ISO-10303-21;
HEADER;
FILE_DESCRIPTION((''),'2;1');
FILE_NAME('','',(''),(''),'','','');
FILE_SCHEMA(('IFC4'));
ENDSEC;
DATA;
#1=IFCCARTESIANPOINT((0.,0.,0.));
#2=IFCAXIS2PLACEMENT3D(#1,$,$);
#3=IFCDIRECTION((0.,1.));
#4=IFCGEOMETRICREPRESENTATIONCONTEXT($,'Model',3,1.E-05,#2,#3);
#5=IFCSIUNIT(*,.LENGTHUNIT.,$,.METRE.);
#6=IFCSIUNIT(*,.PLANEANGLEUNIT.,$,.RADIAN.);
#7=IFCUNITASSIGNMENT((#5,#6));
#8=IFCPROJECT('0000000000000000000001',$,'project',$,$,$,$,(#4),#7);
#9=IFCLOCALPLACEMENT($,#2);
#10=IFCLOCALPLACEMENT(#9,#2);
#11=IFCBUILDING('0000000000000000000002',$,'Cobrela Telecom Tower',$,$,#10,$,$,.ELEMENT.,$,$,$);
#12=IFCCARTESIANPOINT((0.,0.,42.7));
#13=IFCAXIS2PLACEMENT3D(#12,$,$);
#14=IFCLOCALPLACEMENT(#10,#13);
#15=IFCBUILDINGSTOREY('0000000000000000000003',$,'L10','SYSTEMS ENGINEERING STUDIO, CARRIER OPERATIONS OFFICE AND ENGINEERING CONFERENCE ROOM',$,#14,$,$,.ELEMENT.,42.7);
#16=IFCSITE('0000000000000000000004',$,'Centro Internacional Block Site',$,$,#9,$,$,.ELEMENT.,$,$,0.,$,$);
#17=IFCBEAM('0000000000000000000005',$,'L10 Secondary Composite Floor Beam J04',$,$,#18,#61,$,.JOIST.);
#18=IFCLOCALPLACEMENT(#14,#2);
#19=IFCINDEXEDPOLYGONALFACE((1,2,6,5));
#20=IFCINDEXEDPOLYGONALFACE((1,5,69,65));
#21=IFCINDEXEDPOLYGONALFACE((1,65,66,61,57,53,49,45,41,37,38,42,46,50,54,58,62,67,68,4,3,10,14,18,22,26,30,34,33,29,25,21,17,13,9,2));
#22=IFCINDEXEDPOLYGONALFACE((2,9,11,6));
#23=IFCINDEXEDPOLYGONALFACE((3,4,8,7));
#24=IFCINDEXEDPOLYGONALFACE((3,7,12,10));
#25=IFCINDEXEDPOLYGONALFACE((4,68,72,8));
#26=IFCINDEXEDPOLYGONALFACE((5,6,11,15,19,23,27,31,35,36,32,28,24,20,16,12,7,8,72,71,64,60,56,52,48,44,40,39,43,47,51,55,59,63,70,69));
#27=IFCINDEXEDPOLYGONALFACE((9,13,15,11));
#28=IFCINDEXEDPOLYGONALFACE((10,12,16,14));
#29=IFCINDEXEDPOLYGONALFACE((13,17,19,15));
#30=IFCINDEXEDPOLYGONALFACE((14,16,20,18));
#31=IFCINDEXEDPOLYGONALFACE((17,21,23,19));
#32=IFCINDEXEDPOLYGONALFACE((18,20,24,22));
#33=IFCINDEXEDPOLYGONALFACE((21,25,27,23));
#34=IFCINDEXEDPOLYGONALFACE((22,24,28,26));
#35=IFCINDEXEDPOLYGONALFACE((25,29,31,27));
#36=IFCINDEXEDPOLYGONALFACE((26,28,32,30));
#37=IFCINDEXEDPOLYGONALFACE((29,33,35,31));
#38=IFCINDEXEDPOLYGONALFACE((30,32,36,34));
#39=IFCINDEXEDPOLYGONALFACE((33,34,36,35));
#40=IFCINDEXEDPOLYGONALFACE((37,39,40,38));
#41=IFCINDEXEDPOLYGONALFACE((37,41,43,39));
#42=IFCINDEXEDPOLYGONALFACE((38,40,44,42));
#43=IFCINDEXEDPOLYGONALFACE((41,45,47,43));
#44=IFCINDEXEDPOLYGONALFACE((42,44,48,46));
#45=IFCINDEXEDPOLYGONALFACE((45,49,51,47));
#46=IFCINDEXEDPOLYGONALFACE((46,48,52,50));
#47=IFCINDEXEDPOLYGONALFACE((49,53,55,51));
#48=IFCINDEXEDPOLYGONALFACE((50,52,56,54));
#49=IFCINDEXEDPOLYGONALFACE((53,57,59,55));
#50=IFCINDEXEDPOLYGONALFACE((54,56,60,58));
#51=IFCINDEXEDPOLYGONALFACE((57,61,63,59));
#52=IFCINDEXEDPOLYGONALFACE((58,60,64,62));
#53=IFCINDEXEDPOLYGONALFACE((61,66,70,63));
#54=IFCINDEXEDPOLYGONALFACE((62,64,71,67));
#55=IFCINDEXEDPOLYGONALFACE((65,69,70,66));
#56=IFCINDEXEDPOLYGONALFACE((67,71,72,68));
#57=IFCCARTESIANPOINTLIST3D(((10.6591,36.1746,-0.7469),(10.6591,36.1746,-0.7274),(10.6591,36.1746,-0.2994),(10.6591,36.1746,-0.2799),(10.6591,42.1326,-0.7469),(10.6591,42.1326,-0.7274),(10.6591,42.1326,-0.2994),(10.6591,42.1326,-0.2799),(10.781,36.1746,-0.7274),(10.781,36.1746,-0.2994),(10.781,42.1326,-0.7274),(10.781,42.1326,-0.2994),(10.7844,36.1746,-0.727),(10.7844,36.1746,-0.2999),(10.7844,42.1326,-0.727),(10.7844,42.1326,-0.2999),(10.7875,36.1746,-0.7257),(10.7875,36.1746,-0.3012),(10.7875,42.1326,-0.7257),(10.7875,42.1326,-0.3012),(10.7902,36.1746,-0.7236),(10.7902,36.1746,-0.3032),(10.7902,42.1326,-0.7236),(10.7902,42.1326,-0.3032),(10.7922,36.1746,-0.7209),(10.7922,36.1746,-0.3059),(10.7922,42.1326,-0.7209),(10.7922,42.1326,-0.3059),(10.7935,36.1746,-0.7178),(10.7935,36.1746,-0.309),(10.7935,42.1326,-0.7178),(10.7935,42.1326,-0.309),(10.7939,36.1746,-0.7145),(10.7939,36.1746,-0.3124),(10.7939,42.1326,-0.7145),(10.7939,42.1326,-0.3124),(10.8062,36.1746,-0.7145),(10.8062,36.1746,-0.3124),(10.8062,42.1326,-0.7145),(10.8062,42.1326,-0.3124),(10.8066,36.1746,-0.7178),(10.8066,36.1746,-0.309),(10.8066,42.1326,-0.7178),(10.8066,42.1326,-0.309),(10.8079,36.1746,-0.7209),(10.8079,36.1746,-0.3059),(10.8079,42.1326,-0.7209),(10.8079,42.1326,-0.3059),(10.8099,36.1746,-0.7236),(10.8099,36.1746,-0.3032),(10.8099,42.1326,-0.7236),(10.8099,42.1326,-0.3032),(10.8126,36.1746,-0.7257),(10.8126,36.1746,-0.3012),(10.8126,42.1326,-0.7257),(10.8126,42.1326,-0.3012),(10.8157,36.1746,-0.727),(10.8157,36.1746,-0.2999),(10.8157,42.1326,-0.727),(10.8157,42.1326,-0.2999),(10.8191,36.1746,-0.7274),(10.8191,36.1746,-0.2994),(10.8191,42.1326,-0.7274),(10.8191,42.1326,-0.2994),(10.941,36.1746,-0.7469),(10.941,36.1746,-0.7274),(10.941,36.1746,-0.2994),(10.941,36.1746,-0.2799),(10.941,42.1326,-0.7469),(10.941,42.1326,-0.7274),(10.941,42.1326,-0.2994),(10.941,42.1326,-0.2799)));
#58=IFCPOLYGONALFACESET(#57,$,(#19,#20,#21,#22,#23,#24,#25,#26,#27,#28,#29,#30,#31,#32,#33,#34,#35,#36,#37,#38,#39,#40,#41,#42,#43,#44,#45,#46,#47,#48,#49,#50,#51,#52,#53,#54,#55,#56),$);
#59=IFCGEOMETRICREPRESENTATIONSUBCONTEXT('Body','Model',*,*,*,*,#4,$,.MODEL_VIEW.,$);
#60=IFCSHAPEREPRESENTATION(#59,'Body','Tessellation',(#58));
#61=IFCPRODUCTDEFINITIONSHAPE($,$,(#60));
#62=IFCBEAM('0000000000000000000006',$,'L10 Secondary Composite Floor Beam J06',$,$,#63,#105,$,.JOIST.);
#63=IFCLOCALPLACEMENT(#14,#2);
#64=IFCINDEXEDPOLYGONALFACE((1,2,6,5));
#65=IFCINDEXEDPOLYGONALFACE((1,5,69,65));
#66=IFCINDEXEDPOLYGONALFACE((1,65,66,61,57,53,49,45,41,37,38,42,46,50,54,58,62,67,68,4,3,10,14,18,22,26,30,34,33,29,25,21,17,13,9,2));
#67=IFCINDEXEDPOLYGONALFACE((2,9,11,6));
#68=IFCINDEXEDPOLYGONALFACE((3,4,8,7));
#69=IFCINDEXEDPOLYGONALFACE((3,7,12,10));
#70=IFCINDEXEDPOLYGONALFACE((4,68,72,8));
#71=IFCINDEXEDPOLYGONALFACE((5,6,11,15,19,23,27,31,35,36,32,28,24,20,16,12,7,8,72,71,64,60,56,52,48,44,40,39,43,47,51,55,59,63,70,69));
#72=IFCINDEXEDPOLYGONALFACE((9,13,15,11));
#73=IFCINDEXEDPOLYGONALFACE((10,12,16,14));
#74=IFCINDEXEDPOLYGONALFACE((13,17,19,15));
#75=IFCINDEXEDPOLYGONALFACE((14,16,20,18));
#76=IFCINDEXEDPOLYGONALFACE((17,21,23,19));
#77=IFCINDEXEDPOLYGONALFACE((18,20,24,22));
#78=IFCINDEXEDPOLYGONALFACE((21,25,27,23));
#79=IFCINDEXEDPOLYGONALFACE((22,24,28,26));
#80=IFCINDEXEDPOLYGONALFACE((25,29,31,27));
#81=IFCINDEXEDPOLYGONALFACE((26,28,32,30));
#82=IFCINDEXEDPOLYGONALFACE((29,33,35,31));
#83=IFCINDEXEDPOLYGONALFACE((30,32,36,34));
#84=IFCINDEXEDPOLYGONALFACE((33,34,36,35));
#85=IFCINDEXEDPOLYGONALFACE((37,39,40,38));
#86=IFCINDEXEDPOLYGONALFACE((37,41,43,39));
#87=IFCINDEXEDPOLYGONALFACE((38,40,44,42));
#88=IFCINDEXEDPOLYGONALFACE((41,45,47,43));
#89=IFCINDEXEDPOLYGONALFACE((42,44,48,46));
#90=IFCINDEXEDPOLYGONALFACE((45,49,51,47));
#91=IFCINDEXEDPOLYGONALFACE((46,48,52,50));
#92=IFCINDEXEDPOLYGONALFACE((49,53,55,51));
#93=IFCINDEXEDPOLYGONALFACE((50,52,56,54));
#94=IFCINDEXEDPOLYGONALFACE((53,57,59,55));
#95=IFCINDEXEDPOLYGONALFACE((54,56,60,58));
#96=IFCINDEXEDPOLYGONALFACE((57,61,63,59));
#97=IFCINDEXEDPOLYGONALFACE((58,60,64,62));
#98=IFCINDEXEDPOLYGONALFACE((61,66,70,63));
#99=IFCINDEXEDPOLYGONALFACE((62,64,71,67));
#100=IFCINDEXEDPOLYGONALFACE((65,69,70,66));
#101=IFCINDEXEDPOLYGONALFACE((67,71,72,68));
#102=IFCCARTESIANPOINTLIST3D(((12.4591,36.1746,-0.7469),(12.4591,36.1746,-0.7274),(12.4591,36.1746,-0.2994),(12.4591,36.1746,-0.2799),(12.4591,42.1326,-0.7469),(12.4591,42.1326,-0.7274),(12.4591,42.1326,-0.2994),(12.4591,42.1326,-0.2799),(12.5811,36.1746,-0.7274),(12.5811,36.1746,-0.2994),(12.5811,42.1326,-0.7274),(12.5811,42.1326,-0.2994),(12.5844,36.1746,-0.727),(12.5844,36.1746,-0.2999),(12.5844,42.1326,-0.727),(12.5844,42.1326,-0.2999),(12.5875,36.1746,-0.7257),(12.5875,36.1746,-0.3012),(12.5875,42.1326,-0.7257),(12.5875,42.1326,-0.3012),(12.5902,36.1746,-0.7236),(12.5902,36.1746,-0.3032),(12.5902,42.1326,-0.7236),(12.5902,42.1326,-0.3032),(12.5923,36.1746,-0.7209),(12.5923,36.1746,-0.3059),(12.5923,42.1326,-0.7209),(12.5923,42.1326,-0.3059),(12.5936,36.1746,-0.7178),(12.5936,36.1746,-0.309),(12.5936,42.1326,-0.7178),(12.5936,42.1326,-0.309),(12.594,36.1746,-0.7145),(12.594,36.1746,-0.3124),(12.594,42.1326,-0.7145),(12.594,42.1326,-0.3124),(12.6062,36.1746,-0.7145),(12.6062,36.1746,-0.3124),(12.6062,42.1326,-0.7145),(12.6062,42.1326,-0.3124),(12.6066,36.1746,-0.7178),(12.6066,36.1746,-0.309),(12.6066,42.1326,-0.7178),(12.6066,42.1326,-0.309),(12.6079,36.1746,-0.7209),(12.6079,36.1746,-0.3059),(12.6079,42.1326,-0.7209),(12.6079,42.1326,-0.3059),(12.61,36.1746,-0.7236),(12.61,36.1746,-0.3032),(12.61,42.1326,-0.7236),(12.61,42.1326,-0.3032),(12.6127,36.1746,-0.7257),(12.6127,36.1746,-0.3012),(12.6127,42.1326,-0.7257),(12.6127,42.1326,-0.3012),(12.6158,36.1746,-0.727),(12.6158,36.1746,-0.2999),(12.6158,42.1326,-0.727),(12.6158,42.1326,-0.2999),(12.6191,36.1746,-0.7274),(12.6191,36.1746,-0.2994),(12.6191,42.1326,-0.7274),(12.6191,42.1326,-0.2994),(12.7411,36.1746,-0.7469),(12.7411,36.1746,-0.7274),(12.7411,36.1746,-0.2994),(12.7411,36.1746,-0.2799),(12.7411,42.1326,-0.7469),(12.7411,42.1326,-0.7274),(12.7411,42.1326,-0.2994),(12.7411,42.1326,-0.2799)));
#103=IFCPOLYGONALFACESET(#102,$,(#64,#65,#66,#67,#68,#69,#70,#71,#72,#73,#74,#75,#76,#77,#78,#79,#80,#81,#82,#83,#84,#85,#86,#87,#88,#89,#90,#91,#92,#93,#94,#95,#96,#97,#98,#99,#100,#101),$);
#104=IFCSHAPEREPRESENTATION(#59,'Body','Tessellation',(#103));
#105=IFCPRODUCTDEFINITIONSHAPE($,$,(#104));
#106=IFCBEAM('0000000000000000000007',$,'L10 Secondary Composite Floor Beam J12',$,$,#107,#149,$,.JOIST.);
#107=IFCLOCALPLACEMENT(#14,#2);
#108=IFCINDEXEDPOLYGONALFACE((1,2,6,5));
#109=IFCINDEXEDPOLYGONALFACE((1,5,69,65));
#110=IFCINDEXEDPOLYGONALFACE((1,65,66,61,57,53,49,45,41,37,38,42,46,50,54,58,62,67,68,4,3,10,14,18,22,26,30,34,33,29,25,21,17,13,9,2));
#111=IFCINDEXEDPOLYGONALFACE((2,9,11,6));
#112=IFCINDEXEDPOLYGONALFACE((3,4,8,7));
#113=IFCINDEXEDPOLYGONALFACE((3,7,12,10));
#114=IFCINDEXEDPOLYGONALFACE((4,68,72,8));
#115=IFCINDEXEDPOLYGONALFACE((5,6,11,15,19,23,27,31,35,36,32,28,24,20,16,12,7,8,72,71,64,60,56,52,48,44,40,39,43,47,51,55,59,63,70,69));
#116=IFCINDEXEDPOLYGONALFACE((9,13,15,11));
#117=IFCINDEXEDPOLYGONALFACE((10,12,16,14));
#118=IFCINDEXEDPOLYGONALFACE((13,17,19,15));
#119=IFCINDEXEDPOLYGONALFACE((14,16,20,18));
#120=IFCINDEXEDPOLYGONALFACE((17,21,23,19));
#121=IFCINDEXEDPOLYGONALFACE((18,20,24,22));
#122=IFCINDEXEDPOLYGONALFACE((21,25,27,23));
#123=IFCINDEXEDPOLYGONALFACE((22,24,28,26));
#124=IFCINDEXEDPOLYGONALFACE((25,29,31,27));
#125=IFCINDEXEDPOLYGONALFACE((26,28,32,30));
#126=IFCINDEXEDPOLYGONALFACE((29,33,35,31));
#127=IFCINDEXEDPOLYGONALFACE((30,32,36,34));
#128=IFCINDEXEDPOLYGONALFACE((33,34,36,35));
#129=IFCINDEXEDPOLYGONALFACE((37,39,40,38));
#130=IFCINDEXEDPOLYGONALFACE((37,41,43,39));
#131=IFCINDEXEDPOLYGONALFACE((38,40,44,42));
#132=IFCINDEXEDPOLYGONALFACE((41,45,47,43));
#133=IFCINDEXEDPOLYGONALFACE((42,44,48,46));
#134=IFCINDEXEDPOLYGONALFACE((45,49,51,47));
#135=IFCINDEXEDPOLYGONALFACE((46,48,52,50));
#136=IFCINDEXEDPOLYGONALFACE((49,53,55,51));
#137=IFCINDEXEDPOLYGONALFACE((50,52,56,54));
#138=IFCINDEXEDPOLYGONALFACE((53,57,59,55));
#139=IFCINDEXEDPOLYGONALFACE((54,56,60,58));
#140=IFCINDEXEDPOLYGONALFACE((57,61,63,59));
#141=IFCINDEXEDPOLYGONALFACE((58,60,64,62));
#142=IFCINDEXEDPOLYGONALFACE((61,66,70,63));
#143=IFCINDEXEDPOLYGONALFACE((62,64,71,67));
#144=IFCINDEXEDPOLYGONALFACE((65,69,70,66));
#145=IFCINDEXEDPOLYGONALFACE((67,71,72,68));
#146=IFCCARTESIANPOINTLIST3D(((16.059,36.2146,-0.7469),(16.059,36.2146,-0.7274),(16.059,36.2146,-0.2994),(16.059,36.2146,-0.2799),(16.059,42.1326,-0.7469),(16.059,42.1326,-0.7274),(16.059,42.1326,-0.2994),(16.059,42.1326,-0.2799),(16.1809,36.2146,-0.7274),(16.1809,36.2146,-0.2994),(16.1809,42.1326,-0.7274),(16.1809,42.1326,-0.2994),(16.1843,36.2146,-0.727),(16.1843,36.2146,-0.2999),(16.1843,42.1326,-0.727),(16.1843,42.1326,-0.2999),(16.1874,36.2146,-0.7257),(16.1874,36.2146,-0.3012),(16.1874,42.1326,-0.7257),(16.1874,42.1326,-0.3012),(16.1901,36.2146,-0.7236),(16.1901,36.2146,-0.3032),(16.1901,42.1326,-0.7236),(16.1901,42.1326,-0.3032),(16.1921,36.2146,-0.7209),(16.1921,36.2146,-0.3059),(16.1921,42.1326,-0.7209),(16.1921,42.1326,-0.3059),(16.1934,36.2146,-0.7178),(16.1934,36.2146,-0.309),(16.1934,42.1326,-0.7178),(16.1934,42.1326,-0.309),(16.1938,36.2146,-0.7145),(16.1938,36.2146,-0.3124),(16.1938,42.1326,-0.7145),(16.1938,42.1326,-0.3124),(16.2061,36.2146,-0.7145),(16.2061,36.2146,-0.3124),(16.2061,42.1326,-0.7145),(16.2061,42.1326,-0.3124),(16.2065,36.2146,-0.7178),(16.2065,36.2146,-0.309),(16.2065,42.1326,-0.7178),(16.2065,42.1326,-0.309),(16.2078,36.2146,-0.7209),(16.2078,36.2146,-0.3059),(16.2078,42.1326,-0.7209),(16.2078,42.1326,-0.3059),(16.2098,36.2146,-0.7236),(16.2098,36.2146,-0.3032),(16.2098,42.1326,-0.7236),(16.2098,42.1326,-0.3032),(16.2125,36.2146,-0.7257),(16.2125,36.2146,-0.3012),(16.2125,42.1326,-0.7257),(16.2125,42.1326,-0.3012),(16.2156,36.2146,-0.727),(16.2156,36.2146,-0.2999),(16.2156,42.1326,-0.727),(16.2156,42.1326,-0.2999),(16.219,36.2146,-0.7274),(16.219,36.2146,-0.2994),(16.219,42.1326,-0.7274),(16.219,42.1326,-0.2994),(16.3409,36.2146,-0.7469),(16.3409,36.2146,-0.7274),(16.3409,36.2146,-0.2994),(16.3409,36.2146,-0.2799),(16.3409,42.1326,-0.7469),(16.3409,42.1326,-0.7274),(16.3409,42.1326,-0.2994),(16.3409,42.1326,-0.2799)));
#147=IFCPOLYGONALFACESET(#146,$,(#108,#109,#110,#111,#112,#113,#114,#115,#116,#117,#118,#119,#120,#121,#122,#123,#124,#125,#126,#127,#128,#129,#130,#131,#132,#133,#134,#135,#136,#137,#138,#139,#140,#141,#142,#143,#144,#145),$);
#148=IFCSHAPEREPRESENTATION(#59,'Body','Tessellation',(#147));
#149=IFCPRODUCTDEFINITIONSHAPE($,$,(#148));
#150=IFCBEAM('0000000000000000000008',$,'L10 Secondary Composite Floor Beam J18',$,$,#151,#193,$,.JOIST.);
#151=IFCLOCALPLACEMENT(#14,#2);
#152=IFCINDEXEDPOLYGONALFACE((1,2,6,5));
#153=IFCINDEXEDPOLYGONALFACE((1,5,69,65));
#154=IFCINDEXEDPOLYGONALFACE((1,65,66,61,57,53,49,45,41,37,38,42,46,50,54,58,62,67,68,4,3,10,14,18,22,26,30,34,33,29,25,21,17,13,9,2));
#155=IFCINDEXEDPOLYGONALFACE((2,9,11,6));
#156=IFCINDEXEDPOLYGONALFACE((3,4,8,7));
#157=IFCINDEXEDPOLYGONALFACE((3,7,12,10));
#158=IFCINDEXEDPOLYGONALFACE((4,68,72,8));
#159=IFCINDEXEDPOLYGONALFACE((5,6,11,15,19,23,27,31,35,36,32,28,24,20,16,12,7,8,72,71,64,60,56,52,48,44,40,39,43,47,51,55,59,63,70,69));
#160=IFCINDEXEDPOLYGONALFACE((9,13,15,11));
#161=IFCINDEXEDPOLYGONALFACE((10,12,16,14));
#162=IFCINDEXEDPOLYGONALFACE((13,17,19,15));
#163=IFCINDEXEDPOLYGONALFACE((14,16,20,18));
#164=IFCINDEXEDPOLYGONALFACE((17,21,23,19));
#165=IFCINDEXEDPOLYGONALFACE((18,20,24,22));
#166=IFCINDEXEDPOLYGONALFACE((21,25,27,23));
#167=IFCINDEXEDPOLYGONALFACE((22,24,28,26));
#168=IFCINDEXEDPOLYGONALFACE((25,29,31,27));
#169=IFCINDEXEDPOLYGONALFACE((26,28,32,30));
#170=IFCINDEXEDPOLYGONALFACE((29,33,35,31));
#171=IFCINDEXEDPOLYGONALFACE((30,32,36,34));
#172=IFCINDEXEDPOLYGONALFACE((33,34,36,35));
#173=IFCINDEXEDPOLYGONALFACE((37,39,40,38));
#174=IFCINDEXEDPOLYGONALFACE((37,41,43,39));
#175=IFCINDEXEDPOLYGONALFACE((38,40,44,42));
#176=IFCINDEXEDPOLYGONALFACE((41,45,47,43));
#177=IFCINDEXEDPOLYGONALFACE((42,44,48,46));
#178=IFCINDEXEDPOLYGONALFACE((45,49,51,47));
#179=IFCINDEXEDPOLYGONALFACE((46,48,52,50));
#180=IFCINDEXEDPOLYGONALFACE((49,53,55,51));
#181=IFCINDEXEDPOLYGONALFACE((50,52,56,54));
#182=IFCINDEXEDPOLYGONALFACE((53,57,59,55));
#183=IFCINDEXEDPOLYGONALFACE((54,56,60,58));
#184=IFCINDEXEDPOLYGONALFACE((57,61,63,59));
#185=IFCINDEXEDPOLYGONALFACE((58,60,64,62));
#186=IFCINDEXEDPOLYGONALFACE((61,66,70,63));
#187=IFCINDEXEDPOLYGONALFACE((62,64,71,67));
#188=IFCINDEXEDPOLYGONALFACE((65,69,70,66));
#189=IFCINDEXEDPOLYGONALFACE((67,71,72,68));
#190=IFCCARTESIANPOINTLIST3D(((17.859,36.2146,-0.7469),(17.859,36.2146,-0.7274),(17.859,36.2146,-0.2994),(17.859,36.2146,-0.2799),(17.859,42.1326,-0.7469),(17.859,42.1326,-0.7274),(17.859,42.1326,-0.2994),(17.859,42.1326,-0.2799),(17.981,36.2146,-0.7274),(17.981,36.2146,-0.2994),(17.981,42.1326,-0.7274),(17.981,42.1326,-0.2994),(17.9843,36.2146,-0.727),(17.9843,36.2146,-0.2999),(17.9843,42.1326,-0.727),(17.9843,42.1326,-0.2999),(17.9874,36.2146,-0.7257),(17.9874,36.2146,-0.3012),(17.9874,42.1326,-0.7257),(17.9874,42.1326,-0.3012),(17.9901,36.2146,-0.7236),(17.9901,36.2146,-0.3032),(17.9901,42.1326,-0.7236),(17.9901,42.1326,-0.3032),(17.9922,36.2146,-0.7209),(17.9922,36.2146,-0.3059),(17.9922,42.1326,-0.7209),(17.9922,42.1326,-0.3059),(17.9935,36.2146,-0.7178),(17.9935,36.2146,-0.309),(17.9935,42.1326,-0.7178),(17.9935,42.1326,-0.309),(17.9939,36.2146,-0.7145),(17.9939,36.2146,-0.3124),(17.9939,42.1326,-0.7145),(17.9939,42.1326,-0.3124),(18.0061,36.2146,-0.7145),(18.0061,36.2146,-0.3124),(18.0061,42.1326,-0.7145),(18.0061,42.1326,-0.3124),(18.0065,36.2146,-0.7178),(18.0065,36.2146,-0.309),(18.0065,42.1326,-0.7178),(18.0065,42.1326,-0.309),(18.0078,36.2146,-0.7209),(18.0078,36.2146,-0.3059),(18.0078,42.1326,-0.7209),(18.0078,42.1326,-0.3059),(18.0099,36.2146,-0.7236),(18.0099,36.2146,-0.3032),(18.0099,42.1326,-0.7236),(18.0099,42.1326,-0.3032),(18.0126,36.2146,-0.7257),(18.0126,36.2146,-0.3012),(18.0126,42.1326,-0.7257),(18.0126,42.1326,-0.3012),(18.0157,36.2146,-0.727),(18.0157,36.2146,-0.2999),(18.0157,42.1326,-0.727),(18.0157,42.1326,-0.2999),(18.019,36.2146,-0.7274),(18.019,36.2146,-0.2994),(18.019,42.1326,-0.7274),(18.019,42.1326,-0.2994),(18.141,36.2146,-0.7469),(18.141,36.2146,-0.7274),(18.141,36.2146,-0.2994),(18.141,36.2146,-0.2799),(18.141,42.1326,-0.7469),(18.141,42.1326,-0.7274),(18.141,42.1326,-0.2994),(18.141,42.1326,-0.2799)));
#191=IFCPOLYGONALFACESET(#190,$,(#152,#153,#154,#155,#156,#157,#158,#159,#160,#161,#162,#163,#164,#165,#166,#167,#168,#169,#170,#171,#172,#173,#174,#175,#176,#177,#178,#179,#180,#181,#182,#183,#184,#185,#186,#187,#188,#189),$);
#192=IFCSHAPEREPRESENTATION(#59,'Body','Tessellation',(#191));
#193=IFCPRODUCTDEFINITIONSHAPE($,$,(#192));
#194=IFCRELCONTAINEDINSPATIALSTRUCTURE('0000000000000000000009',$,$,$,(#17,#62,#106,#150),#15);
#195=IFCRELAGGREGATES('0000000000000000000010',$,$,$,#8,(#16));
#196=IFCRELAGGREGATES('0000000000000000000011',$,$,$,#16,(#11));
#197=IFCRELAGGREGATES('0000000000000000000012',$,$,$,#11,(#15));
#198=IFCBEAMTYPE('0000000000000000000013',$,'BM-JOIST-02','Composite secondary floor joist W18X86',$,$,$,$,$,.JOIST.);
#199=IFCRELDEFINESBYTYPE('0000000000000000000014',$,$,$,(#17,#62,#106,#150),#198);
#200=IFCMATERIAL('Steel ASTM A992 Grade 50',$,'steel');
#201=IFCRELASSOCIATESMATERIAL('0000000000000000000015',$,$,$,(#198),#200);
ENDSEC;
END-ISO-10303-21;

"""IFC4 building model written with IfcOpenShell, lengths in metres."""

from ifc_helpers import new_model, si_unit, direction, frame, origin, origin_2d, place, context, subcontext, project, spatial, i_section, extrude, material, material_profile, profile_set, type_object, element, save


model = new_model("IFC4")

# Units and contexts
model_context = context("Model", 3, precision=1e-05, world=origin(), true_north=direction((0.0, 1.0)))
body_context = subcontext(model_context, "Body", "Model", "MODEL_VIEW")
ifc_project = project(units=[si_unit("LENGTHUNIT", "METRE"), si_unit("PLANEANGLEUNIT", "RADIAN")], contexts=[model_context])

# Site, building, storey
site_placement = place(None, origin())
site = spatial("IfcSite", under=ifc_project, at=site_placement, Name="Centro Internacional Block Site", CompositionType="ELEMENT", RefElevation=0.0)
building_placement = place(site_placement, origin())
building = spatial("IfcBuilding", under=site, at=building_placement, Name="Cobrela Telecom Tower", CompositionType="ELEMENT")
storey_placement = place(building_placement, frame((0.0, 0.0, 42.7)))
storey = spatial("IfcBuildingStorey", under=building, at=storey_placement, Name="L10", Description="SYSTEMS ENGINEERING STUDIO, CARRIER OPERATIONS OFFICE AND ENGINEERING CONFERENCE ROOM", CompositionType="ELEMENT", Elevation=42.7)

# Beams
ifc_material_1 = material(Name="Steel ASTM A992 Grade 50", Category="steel")
ifc_material_profile_1 = material_profile(ifc_material_1, i_section(OverallWidth=0.282, OverallDepth=0.467, WebThickness=0.0122, FlangeThickness=0.0195, FilletRadius=0.0129, at=origin_2d()), Name="W18X86")
ifc_profile_set_1 = profile_set([ifc_material_profile_1], Name="Steel ASTM A992 Grade 50")
beam_type_1 = type_object("IfcBeamType", Name="BM-JOIST-02", Description="Composite secondary floor joist W18X86", PredefinedType="JOIST", material=ifc_profile_set_1)
for number, where, z_axis, x_axis, name in (
    (1, (10.8, 36.1746, -0.5134), (0.0, 1.0, 0.0), (-1.0, 0.0, 0.0), "L10 Secondary Composite Floor Beam J04"),
    (2, (12.6001, 36.1746, -0.5134), (0.0, 1.0, 0.0), (-1.0, 0.0, 0.0), "L10 Secondary Composite Floor Beam J06"),
):
    element("IfcBeam", number, at=place(storey_placement, frame(where, z_axis=z_axis, x_axis=x_axis)), inside=storey, type_object=beam_type_1, Name=name, PredefinedType="JOIST", context=body_context, shape_type="SweptSolid", body=[
        extrude(i_section(OverallWidth=0.282, OverallDepth=0.467, WebThickness=0.0122, FlangeThickness=0.0195, FilletRadius=0.0129, at=origin_2d()), origin(), (0.0, 0.0, 1.0), 5.958),
    ])
for number, where, z_axis, x_axis, name in (
    (3, (16.2, 36.2146, -0.5134), (0.0, 1.0, 0.0), (-1.0, 0.0, 0.0), "L10 Secondary Composite Floor Beam J12"),
    (4, (18.0, 36.2146, -0.5134), (0.0, 1.0, 0.0), (-1.0, 0.0, 0.0), "L10 Secondary Composite Floor Beam J18"),
):
    element("IfcBeam", number, at=place(storey_placement, frame(where, z_axis=z_axis, x_axis=x_axis)), inside=storey, type_object=beam_type_1, Name=name, PredefinedType="JOIST", context=body_context, shape_type="SweptSolid", body=[
        extrude(i_section(OverallWidth=0.282, OverallDepth=0.467, WebThickness=0.0122, FlangeThickness=0.0195, FilletRadius=0.0129, at=origin_2d()), origin(), (0.0, 0.0, 1.0), 5.918),
    ])

save(model, "model.ifc")
